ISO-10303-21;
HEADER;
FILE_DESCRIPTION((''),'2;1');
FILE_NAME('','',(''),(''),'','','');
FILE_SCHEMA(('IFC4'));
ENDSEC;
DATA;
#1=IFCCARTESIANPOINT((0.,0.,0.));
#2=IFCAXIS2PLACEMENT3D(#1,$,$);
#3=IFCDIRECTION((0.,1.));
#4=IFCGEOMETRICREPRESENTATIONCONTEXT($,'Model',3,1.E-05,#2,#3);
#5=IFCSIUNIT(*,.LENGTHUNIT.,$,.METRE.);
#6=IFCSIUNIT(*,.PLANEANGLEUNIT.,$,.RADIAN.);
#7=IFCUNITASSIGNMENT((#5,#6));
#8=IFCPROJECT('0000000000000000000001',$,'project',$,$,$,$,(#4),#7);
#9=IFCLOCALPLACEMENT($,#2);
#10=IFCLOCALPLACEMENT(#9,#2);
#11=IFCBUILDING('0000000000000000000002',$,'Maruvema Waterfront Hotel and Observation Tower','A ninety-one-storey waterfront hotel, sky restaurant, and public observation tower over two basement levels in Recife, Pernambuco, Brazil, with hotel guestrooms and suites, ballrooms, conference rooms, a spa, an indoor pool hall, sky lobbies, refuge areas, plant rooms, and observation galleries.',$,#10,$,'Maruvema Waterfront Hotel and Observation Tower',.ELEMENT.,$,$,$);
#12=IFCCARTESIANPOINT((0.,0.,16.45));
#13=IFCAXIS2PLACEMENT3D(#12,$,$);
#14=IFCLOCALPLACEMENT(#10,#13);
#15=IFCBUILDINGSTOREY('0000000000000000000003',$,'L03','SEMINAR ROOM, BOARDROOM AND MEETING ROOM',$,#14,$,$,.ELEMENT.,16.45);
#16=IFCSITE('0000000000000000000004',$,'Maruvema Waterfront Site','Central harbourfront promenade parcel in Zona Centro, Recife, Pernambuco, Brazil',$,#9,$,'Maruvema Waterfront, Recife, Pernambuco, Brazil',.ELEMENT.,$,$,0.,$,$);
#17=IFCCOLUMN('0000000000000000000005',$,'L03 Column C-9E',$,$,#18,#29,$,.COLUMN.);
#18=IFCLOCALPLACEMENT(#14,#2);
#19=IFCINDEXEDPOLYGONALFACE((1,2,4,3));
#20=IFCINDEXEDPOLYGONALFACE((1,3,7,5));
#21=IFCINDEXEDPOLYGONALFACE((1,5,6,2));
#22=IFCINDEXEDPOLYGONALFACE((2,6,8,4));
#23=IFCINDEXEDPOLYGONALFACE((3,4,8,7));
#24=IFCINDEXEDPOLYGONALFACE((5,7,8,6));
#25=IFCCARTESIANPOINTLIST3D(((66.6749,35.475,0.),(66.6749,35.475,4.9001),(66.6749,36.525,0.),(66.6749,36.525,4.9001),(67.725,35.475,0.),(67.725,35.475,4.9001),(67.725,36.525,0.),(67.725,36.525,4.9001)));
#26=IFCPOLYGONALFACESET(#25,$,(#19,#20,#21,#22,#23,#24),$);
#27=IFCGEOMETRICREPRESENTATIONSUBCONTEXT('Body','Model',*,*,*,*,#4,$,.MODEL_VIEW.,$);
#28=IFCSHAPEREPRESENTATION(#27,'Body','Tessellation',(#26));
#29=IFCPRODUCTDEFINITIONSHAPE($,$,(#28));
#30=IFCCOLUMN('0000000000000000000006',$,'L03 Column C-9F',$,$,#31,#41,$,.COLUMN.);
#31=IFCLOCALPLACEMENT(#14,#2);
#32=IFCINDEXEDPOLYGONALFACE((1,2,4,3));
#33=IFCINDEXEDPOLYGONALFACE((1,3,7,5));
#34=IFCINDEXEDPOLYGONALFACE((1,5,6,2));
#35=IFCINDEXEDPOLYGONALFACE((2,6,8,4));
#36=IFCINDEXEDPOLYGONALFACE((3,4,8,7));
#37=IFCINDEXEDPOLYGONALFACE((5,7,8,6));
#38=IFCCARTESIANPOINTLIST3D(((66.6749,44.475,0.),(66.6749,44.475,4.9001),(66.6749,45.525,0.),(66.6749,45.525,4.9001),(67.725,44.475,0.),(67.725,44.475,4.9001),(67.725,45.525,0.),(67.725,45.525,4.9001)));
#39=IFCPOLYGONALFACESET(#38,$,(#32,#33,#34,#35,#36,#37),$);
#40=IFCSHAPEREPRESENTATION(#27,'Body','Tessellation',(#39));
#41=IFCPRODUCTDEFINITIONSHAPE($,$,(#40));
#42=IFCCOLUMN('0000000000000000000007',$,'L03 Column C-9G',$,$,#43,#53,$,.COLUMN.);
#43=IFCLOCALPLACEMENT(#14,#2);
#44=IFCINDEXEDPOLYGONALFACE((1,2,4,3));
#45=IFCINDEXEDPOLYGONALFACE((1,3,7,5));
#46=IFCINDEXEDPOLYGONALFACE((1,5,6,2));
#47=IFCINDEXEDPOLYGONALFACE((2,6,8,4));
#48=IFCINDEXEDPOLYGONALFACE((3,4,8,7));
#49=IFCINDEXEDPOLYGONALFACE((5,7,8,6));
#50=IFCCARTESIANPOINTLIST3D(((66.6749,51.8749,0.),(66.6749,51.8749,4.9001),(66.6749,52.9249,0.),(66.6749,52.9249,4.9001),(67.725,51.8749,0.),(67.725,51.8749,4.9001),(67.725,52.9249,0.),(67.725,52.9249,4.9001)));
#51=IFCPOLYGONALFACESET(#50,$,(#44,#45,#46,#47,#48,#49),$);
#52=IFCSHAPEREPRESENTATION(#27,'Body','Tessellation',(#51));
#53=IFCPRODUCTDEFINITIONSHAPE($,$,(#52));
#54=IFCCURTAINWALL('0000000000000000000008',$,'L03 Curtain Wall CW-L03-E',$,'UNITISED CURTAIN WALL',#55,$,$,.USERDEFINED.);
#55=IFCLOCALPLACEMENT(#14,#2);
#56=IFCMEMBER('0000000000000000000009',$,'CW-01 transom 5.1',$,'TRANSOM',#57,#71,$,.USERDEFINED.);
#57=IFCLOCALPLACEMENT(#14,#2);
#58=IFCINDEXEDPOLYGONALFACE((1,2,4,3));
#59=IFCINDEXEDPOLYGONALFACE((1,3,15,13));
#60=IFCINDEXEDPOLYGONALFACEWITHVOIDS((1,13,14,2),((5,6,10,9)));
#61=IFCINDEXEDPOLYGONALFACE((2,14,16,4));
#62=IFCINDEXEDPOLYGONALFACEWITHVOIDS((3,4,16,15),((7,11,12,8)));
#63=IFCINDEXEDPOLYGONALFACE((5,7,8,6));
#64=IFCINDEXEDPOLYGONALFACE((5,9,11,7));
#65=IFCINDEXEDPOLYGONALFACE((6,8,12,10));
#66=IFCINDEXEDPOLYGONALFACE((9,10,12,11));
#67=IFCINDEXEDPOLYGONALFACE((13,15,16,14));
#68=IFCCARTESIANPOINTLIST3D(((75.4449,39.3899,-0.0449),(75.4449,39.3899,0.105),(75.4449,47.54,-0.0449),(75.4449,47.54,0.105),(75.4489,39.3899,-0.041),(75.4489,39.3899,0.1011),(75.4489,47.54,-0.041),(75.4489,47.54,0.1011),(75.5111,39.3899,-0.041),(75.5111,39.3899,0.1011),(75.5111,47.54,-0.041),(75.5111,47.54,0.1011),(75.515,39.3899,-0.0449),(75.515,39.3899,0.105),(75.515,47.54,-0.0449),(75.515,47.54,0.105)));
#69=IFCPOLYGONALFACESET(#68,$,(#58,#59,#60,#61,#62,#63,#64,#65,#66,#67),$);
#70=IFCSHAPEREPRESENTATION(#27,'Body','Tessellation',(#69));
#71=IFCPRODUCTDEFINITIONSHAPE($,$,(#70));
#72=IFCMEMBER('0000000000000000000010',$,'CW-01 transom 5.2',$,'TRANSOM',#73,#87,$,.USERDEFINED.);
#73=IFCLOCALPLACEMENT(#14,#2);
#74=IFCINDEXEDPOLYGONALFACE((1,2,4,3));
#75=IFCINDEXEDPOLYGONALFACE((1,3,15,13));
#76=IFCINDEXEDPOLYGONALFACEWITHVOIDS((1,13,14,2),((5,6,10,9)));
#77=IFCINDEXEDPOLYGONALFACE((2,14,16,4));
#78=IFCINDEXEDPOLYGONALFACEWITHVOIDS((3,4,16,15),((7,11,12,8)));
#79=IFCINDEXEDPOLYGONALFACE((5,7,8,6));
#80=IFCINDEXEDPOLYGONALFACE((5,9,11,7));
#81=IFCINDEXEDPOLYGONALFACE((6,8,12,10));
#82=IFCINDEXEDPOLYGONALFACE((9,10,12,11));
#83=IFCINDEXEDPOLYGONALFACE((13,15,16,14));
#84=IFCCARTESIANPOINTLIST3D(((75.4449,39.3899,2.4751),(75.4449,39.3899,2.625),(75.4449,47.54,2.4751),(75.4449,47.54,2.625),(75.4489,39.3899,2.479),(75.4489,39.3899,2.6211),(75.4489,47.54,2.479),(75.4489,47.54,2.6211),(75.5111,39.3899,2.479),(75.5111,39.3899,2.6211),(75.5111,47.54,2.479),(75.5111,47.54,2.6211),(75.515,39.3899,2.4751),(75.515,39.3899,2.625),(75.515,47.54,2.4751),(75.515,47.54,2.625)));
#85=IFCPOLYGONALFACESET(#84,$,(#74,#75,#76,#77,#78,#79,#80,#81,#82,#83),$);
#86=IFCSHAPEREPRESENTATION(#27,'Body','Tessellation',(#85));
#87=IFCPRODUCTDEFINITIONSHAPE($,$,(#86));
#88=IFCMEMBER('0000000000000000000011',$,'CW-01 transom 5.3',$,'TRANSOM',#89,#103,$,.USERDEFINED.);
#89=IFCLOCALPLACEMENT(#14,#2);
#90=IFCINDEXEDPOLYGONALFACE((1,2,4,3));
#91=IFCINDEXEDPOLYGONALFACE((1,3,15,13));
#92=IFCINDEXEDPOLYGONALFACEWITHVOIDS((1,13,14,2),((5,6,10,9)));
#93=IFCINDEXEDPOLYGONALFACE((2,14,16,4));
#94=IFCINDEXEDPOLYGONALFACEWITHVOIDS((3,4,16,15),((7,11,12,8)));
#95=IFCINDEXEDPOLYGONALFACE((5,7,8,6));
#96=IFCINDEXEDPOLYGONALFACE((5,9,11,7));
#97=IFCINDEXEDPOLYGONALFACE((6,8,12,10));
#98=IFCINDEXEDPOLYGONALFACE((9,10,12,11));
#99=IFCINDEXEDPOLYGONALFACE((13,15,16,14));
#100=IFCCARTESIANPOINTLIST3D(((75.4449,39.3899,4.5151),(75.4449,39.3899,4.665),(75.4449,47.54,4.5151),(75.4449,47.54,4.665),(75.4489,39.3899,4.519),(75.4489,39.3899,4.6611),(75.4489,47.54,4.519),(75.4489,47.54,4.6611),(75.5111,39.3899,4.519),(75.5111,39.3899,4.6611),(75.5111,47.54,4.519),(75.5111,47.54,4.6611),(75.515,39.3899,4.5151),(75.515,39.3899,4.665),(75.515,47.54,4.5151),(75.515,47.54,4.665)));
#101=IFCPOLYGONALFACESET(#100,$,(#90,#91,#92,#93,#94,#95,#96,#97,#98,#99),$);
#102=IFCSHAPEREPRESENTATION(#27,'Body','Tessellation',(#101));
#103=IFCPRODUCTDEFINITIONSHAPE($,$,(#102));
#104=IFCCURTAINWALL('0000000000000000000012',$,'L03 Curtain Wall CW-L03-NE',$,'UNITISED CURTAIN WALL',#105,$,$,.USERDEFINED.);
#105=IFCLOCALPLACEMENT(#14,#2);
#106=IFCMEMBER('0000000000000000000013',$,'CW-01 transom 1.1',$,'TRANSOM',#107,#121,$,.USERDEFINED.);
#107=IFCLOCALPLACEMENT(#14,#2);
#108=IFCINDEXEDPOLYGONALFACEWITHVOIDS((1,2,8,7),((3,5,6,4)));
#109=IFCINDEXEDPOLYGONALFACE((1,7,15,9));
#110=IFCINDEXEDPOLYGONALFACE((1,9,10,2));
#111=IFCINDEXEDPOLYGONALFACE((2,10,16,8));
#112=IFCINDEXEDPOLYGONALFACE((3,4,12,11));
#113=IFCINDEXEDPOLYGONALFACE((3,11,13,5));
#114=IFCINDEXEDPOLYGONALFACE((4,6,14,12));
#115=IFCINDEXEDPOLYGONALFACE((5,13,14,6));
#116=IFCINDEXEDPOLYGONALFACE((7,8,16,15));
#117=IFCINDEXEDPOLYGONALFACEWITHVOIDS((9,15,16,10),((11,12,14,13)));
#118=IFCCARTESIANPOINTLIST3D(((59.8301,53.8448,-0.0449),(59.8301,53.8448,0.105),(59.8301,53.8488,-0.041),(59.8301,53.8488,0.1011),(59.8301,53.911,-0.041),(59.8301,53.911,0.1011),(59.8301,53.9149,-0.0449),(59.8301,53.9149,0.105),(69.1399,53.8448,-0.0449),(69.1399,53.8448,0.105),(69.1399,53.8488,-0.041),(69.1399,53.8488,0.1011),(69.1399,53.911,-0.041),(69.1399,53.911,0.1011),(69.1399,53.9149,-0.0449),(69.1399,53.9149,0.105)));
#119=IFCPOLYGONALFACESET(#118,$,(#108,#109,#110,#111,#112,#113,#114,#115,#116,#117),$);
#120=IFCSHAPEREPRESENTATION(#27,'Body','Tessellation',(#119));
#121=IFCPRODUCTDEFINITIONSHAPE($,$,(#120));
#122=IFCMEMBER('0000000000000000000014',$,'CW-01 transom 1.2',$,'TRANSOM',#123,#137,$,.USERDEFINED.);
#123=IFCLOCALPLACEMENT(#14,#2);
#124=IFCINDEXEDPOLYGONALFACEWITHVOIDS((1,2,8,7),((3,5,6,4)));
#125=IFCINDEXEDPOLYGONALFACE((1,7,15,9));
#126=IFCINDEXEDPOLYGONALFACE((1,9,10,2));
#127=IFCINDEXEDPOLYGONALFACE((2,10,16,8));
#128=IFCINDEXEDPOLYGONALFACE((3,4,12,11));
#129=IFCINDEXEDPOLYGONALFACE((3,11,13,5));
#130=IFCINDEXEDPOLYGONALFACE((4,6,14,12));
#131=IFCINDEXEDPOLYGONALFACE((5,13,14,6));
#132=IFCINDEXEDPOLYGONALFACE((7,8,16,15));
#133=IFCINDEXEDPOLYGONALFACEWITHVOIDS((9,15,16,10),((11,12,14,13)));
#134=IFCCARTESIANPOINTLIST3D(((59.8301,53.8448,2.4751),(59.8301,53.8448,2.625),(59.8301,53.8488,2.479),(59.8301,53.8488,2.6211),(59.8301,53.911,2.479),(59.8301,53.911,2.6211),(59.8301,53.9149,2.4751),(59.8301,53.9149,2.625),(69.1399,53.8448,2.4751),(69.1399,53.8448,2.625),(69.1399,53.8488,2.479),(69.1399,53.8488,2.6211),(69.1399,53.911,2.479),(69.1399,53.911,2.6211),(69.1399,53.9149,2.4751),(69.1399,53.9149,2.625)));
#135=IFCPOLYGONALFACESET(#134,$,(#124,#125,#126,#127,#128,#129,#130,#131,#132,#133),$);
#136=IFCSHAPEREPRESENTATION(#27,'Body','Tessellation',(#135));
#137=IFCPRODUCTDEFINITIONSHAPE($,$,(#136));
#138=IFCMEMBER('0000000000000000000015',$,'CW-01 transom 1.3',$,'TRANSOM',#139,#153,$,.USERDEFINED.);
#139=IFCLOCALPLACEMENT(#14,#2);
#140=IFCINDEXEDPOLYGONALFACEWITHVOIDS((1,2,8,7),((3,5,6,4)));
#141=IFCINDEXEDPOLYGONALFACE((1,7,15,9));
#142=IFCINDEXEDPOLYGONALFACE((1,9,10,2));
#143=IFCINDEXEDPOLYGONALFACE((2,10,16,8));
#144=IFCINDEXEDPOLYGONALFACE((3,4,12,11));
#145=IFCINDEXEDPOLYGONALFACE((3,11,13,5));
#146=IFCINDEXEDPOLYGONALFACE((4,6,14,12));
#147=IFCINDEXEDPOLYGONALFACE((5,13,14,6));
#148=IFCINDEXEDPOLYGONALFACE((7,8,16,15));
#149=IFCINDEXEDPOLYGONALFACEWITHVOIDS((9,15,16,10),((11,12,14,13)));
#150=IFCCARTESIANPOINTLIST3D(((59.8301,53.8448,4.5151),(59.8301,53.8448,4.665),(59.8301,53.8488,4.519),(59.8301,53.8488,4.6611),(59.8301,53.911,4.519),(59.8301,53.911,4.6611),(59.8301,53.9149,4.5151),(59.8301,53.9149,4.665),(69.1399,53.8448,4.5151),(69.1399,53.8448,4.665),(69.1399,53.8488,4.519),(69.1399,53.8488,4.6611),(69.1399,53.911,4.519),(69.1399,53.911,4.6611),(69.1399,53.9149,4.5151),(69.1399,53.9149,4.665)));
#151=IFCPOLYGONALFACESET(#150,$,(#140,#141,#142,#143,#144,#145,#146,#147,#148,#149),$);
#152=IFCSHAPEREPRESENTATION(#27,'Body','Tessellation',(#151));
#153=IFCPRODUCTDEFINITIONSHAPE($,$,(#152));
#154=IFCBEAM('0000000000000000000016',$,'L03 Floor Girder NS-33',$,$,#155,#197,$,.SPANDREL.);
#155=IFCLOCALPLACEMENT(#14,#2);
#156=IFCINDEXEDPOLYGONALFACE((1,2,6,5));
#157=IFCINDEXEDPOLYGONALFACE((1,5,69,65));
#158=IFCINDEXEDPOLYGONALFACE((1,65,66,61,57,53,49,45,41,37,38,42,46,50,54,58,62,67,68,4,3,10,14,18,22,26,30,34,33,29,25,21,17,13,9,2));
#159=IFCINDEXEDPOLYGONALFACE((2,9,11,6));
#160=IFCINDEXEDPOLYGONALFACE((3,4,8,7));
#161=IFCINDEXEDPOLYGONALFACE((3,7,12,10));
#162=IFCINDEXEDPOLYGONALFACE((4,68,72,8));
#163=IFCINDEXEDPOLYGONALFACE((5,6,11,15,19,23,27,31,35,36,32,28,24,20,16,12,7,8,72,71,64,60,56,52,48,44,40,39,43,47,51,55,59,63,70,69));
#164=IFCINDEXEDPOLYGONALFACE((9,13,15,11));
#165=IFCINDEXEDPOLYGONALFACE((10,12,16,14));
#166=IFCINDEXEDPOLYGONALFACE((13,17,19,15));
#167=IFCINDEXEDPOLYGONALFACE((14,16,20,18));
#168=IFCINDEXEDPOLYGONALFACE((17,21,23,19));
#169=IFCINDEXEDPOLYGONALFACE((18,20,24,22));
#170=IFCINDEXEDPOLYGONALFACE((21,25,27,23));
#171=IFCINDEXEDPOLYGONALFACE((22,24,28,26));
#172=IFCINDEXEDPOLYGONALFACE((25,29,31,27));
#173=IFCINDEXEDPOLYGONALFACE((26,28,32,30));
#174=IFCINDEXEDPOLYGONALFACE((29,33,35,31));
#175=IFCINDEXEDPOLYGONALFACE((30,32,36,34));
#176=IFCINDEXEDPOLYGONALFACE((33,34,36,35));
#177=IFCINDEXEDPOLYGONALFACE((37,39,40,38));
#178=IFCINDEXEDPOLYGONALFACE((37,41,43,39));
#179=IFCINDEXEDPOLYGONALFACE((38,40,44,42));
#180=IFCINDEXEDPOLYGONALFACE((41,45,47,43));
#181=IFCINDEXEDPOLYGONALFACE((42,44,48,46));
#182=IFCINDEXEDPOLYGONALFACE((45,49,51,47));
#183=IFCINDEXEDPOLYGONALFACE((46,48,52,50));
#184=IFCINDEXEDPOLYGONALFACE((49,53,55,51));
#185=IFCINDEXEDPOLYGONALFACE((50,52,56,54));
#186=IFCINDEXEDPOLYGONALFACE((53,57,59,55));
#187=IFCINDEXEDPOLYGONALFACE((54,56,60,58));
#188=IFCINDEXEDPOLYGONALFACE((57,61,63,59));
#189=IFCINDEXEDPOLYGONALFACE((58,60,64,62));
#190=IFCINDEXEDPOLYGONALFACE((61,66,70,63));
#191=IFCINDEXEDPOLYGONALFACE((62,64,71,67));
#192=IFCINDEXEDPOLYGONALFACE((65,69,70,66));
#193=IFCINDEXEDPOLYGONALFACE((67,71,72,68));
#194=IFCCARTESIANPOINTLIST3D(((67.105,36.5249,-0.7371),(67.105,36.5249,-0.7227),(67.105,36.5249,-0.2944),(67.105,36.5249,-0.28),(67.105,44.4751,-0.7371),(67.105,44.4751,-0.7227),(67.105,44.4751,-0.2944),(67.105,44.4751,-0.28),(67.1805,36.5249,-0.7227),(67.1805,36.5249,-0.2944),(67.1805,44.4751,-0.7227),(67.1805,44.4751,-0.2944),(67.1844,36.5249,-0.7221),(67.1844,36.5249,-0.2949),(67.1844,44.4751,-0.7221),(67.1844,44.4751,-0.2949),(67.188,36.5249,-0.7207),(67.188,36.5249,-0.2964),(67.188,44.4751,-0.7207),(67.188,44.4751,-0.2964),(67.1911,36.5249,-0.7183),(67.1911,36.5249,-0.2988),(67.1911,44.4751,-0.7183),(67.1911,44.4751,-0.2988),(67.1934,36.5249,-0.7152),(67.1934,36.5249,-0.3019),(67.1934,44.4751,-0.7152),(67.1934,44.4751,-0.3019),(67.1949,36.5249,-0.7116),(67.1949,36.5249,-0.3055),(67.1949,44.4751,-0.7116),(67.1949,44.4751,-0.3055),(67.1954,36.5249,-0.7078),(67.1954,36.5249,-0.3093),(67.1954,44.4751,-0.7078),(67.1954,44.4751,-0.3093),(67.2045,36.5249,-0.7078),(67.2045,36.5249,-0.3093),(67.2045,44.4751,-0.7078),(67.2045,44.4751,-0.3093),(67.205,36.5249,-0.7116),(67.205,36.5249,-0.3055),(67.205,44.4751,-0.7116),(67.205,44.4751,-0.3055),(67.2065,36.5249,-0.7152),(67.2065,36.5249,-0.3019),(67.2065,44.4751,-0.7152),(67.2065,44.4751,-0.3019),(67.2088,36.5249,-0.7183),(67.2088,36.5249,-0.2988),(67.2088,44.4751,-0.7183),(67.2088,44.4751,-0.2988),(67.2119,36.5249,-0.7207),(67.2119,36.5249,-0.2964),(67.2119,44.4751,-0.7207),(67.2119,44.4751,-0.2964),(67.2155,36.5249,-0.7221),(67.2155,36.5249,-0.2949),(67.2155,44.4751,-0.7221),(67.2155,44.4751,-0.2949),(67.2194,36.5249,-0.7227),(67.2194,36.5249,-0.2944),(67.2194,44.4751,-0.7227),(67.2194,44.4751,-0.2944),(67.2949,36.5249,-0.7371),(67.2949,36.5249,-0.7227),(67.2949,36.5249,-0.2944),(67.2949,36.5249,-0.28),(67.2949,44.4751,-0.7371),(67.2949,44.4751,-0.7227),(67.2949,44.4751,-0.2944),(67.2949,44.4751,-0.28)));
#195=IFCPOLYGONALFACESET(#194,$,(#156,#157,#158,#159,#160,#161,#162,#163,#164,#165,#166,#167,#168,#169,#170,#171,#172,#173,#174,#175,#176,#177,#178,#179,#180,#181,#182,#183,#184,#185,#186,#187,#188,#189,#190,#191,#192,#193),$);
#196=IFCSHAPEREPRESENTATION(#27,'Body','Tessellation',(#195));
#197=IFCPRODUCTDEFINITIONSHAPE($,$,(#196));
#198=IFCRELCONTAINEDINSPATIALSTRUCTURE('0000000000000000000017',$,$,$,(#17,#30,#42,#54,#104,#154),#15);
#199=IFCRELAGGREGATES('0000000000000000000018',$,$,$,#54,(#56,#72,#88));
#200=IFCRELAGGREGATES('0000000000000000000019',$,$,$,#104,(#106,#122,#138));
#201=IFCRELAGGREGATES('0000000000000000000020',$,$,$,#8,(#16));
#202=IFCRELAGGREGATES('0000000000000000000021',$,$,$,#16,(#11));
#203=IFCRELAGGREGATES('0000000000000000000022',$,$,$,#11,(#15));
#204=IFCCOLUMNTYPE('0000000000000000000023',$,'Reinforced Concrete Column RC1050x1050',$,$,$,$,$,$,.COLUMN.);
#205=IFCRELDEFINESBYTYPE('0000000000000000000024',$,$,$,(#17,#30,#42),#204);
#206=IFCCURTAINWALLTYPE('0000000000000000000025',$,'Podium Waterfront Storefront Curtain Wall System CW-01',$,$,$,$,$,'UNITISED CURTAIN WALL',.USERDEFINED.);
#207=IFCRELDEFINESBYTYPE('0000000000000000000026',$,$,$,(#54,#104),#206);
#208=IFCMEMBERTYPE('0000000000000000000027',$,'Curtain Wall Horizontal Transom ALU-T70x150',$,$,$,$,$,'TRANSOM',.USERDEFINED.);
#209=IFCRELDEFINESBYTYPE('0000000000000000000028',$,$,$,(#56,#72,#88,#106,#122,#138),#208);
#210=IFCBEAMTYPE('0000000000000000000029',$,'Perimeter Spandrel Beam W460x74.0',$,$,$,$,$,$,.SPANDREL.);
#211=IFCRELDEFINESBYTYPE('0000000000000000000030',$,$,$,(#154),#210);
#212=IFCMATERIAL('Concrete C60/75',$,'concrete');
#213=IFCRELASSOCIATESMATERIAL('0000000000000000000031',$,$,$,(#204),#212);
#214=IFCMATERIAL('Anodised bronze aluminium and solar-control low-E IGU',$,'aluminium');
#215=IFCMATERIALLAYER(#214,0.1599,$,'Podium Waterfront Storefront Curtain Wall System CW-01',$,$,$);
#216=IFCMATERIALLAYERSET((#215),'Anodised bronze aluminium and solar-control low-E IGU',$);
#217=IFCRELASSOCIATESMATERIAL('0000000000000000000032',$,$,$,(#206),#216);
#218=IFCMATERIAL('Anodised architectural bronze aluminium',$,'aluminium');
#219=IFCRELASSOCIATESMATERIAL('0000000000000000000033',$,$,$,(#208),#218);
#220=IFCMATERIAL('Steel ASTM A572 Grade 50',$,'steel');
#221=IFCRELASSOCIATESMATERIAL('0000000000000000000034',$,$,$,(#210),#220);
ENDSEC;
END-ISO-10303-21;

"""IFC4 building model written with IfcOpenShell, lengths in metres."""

from ifc_helpers import new_model, si_unit, direction, frame, origin, origin_2d, place, context, subcontext, project, spatial, rectangle, hollow_rectangle, i_section, extrude, material, layer, layer_set, material_profile, profile_set, type_object, element, aggregate, save


model = new_model("IFC4")

# Units and contexts
model_context = context("Model", 3, precision=1e-05, world=origin(), true_north=direction((0.0, 1.0)))
body_context = subcontext(model_context, "Body", "Model", "MODEL_VIEW")
ifc_project = project(units=[si_unit("LENGTHUNIT", "METRE"), si_unit("PLANEANGLEUNIT", "RADIAN")], contexts=[model_context])

# Site, building, storey
site_placement = place(None, origin())
site = spatial("IfcSite", under=ifc_project, at=site_placement, Name="Maruvema Waterfront Site", Description="Central harbourfront promenade parcel in Zona Centro, Recife, Pernambuco, Brazil", LongName="Maruvema Waterfront, Recife, Pernambuco, Brazil", CompositionType="ELEMENT", RefElevation=0.0)
building_placement = place(site_placement, origin())
building = spatial("IfcBuilding", under=site, at=building_placement, Name="Maruvema Waterfront Hotel and Observation Tower", Description="A ninety-one-storey waterfront hotel, sky restaurant, and public observation tower over two basement levels in Recife, Pernambuco, Brazil, with hotel guestrooms and suites, ballrooms, conference rooms, a spa, an indoor pool hall, sky lobbies, refuge areas, plant rooms, and observation galleries.", LongName="Maruvema Waterfront Hotel and Observation Tower", CompositionType="ELEMENT")
storey_placement = place(building_placement, frame((0.0, 0.0, 16.45)))
storey = spatial("IfcBuildingStorey", under=building, at=storey_placement, Name="L03", Description="SEMINAR ROOM, BOARDROOM AND MEETING ROOM", CompositionType="ELEMENT", Elevation=16.45)

# Columns
ifc_material_1 = material(Name="Concrete C60/75", Category="concrete")
ifc_material_profile_1 = material_profile(ifc_material_1, rectangle(XDim=1.05, YDim=1.05, at=origin_2d()), Name="RC1050x1050")
ifc_profile_set_1 = profile_set([ifc_material_profile_1], Name="Concrete C60/75")
column_type = type_object("IfcColumnType", Name="Reinforced Concrete Column RC1050x1050", PredefinedType="COLUMN", material=ifc_profile_set_1)
for number, where, z_axis, x_axis, name in (
    (1, (67.2, 36.0, 0.0), (0.0, 0.0, 1.0), (1.0, 0.0, 0.0), "L03 Column C-9E"),
    (2, (67.2, 45.0, 0.0), (0.0, 0.0, 1.0), (1.0, 0.0, 0.0), "L03 Column C-9F"),
    (3, (67.2, 52.3999, 0.0), (0.0, 0.0, 1.0), (1.0, 0.0, 0.0), "L03 Column C-9G"),
):
    element("IfcColumn", number, at=place(storey_placement, frame(where, z_axis=z_axis, x_axis=x_axis)), inside=storey, type_object=column_type, Name=name, PredefinedType="COLUMN", context=body_context, shape_type="SweptSolid", body=[
        extrude(rectangle(XDim=1.05, YDim=1.05, at=origin_2d()), origin(), (0.0, 0.0, 1.0), 4.9001),
    ])

# Curtain walls, members
ifc_material_2 = material(Name="Anodised bronze aluminium and solar-control low-E IGU", Category="aluminium")
ifc_layer_1 = layer(ifc_material_2, 0.1599, Name="Podium Waterfront Storefront Curtain Wall System CW-01")
ifc_layer_set_1 = layer_set([ifc_layer_1], Name="Anodised bronze aluminium and solar-control low-E IGU")
curtain_wall_type = type_object("IfcCurtainWallType", Name="Podium Waterfront Storefront Curtain Wall System CW-01", ElementType="UNITISED CURTAIN WALL", PredefinedType="USERDEFINED", material=ifc_layer_set_1)
curtain_wall_1_placement = place(storey_placement, origin())
curtain_wall_1 = element("IfcCurtainWall", 4, at=curtain_wall_1_placement, inside=storey, type_object=curtain_wall_type, Name="L03 Curtain Wall CW-L03-E", ObjectType="UNITISED CURTAIN WALL", PredefinedType="USERDEFINED")
ifc_material_3 = material(Name="Anodised architectural bronze aluminium", Category="aluminium")
ifc_material_profile_2 = material_profile(ifc_material_3, hollow_rectangle(XDim=0.0701, YDim=0.1499, WallThickness=0.0039, at=origin_2d()), Name="ALU-T70x150")
ifc_profile_set_2 = profile_set([ifc_material_profile_2], Name="Anodised architectural bronze aluminium")
member_type_1 = type_object("IfcMemberType", Name="Curtain Wall Horizontal Transom ALU-T70x150", ElementType="TRANSOM", PredefinedType="USERDEFINED", material=ifc_profile_set_2)
member_1_placement = place(storey_placement, frame((75.48, 39.3899, 0.03), z_axis=(0.0, 1.0, 0.0), x_axis=(-1.0, 0.0, 0.0)))
member_1 = element("IfcMember", 5, at=member_1_placement, type_object=member_type_1, Name="CW-01 transom 5.1", ObjectType="TRANSOM", PredefinedType="USERDEFINED", context=body_context, shape_type="SweptSolid", body=[
    extrude(hollow_rectangle(XDim=0.0701, YDim=0.1499, WallThickness=0.0039, at=origin_2d()), origin(), (0.0, 0.0, 1.0), 8.1501),
])
member_2_placement = place(storey_placement, frame((75.48, 39.3899, 2.55), z_axis=(0.0, 1.0, 0.0), x_axis=(-1.0, 0.0, 0.0)))
member_2 = element("IfcMember", 6, at=member_2_placement, type_object=member_type_1, Name="CW-01 transom 5.2", ObjectType="TRANSOM", PredefinedType="USERDEFINED", context=body_context, shape_type="SweptSolid", body=[
    extrude(hollow_rectangle(XDim=0.0701, YDim=0.1499, WallThickness=0.0039, at=origin_2d()), origin(), (0.0, 0.0, 1.0), 8.1501),
])
member_3_placement = place(storey_placement, frame((75.48, 39.3899, 4.5901), z_axis=(0.0, 1.0, 0.0), x_axis=(-1.0, 0.0, 0.0)))
member_3 = element("IfcMember", 7, at=member_3_placement, type_object=member_type_1, Name="CW-01 transom 5.3", ObjectType="TRANSOM", PredefinedType="USERDEFINED", context=body_context, shape_type="SweptSolid", body=[
    extrude(hollow_rectangle(XDim=0.0701, YDim=0.1499, WallThickness=0.0039, at=origin_2d()), origin(), (0.0, 0.0, 1.0), 8.1501),
])
curtain_wall_2_placement = place(storey_placement, origin())
curtain_wall_2 = element("IfcCurtainWall", 8, at=curtain_wall_2_placement, inside=storey, type_object=curtain_wall_type, Name="L03 Curtain Wall CW-L03-NE", ObjectType="UNITISED CURTAIN WALL", PredefinedType="USERDEFINED")
member_4_placement = place(storey_placement, frame((69.1399, 53.8799, 0.03), z_axis=(-1.0, 0.0, 0.0), x_axis=(0.0, -1.0, 0.0)))
member_4 = element("IfcMember", 9, at=member_4_placement, type_object=member_type_1, Name="CW-01 transom 1.1", ObjectType="TRANSOM", PredefinedType="USERDEFINED", context=body_context, shape_type="SweptSolid", body=[
    extrude(hollow_rectangle(XDim=0.0701, YDim=0.1499, WallThickness=0.0039, at=origin_2d()), origin(), (0.0, 0.0, 1.0), 9.3098),
])
member_5_placement = place(storey_placement, frame((69.1399, 53.8799, 2.55), z_axis=(-1.0, 0.0, 0.0), x_axis=(0.0, -1.0, 0.0)))
member_5 = element("IfcMember", 10, at=member_5_placement, type_object=member_type_1, Name="CW-01 transom 1.2", ObjectType="TRANSOM", PredefinedType="USERDEFINED", context=body_context, shape_type="SweptSolid", body=[
    extrude(hollow_rectangle(XDim=0.0701, YDim=0.1499, WallThickness=0.0039, at=origin_2d()), origin(), (0.0, 0.0, 1.0), 9.3098),
])
member_6_placement = place(storey_placement, frame((69.1399, 53.8799, 4.5901), z_axis=(-1.0, 0.0, 0.0), x_axis=(0.0, -1.0, 0.0)))
member_6 = element("IfcMember", 11, at=member_6_placement, type_object=member_type_1, Name="CW-01 transom 1.3", ObjectType="TRANSOM", PredefinedType="USERDEFINED", context=body_context, shape_type="SweptSolid", body=[
    extrude(hollow_rectangle(XDim=0.0701, YDim=0.1499, WallThickness=0.0039, at=origin_2d()), origin(), (0.0, 0.0, 1.0), 9.3098),
])

# Beam
ifc_material_4 = material(Name="Steel ASTM A572 Grade 50", Category="steel")
ifc_material_profile_3 = material_profile(ifc_material_4, i_section(OverallWidth=0.1899, OverallDepth=0.457, WebThickness=0.009, FlangeThickness=0.0144, FilletRadius=0.0149, at=origin_2d()), Name="W460x74.0")
ifc_profile_set_3 = profile_set([ifc_material_profile_3], Name="Steel ASTM A572 Grade 50")
beam_type_1 = type_object("IfcBeamType", Name="Perimeter Spandrel Beam W460x74.0", PredefinedType="SPANDREL", material=ifc_profile_set_3)
beam_1_placement = place(storey_placement, frame((67.2, 36.5249, -0.5085), z_axis=(0.0, 1.0, 0.0), x_axis=(-1.0, 0.0, 0.0)))
element("IfcBeam", 12, at=beam_1_placement, inside=storey, type_object=beam_type_1, Name="L03 Floor Girder NS-33", PredefinedType="SPANDREL", context=body_context, shape_type="SweptSolid", body=[
    extrude(i_section(OverallWidth=0.1899, OverallDepth=0.457, WebThickness=0.009, FlangeThickness=0.0144, FilletRadius=0.0149, at=origin_2d()), origin(), (0.0, 0.0, 1.0), 7.9502),
])

aggregate(curtain_wall_1, [member_1, member_2, member_3])
aggregate(curtain_wall_2, [member_4, member_5, member_6])

save(model, "model.ifc")
